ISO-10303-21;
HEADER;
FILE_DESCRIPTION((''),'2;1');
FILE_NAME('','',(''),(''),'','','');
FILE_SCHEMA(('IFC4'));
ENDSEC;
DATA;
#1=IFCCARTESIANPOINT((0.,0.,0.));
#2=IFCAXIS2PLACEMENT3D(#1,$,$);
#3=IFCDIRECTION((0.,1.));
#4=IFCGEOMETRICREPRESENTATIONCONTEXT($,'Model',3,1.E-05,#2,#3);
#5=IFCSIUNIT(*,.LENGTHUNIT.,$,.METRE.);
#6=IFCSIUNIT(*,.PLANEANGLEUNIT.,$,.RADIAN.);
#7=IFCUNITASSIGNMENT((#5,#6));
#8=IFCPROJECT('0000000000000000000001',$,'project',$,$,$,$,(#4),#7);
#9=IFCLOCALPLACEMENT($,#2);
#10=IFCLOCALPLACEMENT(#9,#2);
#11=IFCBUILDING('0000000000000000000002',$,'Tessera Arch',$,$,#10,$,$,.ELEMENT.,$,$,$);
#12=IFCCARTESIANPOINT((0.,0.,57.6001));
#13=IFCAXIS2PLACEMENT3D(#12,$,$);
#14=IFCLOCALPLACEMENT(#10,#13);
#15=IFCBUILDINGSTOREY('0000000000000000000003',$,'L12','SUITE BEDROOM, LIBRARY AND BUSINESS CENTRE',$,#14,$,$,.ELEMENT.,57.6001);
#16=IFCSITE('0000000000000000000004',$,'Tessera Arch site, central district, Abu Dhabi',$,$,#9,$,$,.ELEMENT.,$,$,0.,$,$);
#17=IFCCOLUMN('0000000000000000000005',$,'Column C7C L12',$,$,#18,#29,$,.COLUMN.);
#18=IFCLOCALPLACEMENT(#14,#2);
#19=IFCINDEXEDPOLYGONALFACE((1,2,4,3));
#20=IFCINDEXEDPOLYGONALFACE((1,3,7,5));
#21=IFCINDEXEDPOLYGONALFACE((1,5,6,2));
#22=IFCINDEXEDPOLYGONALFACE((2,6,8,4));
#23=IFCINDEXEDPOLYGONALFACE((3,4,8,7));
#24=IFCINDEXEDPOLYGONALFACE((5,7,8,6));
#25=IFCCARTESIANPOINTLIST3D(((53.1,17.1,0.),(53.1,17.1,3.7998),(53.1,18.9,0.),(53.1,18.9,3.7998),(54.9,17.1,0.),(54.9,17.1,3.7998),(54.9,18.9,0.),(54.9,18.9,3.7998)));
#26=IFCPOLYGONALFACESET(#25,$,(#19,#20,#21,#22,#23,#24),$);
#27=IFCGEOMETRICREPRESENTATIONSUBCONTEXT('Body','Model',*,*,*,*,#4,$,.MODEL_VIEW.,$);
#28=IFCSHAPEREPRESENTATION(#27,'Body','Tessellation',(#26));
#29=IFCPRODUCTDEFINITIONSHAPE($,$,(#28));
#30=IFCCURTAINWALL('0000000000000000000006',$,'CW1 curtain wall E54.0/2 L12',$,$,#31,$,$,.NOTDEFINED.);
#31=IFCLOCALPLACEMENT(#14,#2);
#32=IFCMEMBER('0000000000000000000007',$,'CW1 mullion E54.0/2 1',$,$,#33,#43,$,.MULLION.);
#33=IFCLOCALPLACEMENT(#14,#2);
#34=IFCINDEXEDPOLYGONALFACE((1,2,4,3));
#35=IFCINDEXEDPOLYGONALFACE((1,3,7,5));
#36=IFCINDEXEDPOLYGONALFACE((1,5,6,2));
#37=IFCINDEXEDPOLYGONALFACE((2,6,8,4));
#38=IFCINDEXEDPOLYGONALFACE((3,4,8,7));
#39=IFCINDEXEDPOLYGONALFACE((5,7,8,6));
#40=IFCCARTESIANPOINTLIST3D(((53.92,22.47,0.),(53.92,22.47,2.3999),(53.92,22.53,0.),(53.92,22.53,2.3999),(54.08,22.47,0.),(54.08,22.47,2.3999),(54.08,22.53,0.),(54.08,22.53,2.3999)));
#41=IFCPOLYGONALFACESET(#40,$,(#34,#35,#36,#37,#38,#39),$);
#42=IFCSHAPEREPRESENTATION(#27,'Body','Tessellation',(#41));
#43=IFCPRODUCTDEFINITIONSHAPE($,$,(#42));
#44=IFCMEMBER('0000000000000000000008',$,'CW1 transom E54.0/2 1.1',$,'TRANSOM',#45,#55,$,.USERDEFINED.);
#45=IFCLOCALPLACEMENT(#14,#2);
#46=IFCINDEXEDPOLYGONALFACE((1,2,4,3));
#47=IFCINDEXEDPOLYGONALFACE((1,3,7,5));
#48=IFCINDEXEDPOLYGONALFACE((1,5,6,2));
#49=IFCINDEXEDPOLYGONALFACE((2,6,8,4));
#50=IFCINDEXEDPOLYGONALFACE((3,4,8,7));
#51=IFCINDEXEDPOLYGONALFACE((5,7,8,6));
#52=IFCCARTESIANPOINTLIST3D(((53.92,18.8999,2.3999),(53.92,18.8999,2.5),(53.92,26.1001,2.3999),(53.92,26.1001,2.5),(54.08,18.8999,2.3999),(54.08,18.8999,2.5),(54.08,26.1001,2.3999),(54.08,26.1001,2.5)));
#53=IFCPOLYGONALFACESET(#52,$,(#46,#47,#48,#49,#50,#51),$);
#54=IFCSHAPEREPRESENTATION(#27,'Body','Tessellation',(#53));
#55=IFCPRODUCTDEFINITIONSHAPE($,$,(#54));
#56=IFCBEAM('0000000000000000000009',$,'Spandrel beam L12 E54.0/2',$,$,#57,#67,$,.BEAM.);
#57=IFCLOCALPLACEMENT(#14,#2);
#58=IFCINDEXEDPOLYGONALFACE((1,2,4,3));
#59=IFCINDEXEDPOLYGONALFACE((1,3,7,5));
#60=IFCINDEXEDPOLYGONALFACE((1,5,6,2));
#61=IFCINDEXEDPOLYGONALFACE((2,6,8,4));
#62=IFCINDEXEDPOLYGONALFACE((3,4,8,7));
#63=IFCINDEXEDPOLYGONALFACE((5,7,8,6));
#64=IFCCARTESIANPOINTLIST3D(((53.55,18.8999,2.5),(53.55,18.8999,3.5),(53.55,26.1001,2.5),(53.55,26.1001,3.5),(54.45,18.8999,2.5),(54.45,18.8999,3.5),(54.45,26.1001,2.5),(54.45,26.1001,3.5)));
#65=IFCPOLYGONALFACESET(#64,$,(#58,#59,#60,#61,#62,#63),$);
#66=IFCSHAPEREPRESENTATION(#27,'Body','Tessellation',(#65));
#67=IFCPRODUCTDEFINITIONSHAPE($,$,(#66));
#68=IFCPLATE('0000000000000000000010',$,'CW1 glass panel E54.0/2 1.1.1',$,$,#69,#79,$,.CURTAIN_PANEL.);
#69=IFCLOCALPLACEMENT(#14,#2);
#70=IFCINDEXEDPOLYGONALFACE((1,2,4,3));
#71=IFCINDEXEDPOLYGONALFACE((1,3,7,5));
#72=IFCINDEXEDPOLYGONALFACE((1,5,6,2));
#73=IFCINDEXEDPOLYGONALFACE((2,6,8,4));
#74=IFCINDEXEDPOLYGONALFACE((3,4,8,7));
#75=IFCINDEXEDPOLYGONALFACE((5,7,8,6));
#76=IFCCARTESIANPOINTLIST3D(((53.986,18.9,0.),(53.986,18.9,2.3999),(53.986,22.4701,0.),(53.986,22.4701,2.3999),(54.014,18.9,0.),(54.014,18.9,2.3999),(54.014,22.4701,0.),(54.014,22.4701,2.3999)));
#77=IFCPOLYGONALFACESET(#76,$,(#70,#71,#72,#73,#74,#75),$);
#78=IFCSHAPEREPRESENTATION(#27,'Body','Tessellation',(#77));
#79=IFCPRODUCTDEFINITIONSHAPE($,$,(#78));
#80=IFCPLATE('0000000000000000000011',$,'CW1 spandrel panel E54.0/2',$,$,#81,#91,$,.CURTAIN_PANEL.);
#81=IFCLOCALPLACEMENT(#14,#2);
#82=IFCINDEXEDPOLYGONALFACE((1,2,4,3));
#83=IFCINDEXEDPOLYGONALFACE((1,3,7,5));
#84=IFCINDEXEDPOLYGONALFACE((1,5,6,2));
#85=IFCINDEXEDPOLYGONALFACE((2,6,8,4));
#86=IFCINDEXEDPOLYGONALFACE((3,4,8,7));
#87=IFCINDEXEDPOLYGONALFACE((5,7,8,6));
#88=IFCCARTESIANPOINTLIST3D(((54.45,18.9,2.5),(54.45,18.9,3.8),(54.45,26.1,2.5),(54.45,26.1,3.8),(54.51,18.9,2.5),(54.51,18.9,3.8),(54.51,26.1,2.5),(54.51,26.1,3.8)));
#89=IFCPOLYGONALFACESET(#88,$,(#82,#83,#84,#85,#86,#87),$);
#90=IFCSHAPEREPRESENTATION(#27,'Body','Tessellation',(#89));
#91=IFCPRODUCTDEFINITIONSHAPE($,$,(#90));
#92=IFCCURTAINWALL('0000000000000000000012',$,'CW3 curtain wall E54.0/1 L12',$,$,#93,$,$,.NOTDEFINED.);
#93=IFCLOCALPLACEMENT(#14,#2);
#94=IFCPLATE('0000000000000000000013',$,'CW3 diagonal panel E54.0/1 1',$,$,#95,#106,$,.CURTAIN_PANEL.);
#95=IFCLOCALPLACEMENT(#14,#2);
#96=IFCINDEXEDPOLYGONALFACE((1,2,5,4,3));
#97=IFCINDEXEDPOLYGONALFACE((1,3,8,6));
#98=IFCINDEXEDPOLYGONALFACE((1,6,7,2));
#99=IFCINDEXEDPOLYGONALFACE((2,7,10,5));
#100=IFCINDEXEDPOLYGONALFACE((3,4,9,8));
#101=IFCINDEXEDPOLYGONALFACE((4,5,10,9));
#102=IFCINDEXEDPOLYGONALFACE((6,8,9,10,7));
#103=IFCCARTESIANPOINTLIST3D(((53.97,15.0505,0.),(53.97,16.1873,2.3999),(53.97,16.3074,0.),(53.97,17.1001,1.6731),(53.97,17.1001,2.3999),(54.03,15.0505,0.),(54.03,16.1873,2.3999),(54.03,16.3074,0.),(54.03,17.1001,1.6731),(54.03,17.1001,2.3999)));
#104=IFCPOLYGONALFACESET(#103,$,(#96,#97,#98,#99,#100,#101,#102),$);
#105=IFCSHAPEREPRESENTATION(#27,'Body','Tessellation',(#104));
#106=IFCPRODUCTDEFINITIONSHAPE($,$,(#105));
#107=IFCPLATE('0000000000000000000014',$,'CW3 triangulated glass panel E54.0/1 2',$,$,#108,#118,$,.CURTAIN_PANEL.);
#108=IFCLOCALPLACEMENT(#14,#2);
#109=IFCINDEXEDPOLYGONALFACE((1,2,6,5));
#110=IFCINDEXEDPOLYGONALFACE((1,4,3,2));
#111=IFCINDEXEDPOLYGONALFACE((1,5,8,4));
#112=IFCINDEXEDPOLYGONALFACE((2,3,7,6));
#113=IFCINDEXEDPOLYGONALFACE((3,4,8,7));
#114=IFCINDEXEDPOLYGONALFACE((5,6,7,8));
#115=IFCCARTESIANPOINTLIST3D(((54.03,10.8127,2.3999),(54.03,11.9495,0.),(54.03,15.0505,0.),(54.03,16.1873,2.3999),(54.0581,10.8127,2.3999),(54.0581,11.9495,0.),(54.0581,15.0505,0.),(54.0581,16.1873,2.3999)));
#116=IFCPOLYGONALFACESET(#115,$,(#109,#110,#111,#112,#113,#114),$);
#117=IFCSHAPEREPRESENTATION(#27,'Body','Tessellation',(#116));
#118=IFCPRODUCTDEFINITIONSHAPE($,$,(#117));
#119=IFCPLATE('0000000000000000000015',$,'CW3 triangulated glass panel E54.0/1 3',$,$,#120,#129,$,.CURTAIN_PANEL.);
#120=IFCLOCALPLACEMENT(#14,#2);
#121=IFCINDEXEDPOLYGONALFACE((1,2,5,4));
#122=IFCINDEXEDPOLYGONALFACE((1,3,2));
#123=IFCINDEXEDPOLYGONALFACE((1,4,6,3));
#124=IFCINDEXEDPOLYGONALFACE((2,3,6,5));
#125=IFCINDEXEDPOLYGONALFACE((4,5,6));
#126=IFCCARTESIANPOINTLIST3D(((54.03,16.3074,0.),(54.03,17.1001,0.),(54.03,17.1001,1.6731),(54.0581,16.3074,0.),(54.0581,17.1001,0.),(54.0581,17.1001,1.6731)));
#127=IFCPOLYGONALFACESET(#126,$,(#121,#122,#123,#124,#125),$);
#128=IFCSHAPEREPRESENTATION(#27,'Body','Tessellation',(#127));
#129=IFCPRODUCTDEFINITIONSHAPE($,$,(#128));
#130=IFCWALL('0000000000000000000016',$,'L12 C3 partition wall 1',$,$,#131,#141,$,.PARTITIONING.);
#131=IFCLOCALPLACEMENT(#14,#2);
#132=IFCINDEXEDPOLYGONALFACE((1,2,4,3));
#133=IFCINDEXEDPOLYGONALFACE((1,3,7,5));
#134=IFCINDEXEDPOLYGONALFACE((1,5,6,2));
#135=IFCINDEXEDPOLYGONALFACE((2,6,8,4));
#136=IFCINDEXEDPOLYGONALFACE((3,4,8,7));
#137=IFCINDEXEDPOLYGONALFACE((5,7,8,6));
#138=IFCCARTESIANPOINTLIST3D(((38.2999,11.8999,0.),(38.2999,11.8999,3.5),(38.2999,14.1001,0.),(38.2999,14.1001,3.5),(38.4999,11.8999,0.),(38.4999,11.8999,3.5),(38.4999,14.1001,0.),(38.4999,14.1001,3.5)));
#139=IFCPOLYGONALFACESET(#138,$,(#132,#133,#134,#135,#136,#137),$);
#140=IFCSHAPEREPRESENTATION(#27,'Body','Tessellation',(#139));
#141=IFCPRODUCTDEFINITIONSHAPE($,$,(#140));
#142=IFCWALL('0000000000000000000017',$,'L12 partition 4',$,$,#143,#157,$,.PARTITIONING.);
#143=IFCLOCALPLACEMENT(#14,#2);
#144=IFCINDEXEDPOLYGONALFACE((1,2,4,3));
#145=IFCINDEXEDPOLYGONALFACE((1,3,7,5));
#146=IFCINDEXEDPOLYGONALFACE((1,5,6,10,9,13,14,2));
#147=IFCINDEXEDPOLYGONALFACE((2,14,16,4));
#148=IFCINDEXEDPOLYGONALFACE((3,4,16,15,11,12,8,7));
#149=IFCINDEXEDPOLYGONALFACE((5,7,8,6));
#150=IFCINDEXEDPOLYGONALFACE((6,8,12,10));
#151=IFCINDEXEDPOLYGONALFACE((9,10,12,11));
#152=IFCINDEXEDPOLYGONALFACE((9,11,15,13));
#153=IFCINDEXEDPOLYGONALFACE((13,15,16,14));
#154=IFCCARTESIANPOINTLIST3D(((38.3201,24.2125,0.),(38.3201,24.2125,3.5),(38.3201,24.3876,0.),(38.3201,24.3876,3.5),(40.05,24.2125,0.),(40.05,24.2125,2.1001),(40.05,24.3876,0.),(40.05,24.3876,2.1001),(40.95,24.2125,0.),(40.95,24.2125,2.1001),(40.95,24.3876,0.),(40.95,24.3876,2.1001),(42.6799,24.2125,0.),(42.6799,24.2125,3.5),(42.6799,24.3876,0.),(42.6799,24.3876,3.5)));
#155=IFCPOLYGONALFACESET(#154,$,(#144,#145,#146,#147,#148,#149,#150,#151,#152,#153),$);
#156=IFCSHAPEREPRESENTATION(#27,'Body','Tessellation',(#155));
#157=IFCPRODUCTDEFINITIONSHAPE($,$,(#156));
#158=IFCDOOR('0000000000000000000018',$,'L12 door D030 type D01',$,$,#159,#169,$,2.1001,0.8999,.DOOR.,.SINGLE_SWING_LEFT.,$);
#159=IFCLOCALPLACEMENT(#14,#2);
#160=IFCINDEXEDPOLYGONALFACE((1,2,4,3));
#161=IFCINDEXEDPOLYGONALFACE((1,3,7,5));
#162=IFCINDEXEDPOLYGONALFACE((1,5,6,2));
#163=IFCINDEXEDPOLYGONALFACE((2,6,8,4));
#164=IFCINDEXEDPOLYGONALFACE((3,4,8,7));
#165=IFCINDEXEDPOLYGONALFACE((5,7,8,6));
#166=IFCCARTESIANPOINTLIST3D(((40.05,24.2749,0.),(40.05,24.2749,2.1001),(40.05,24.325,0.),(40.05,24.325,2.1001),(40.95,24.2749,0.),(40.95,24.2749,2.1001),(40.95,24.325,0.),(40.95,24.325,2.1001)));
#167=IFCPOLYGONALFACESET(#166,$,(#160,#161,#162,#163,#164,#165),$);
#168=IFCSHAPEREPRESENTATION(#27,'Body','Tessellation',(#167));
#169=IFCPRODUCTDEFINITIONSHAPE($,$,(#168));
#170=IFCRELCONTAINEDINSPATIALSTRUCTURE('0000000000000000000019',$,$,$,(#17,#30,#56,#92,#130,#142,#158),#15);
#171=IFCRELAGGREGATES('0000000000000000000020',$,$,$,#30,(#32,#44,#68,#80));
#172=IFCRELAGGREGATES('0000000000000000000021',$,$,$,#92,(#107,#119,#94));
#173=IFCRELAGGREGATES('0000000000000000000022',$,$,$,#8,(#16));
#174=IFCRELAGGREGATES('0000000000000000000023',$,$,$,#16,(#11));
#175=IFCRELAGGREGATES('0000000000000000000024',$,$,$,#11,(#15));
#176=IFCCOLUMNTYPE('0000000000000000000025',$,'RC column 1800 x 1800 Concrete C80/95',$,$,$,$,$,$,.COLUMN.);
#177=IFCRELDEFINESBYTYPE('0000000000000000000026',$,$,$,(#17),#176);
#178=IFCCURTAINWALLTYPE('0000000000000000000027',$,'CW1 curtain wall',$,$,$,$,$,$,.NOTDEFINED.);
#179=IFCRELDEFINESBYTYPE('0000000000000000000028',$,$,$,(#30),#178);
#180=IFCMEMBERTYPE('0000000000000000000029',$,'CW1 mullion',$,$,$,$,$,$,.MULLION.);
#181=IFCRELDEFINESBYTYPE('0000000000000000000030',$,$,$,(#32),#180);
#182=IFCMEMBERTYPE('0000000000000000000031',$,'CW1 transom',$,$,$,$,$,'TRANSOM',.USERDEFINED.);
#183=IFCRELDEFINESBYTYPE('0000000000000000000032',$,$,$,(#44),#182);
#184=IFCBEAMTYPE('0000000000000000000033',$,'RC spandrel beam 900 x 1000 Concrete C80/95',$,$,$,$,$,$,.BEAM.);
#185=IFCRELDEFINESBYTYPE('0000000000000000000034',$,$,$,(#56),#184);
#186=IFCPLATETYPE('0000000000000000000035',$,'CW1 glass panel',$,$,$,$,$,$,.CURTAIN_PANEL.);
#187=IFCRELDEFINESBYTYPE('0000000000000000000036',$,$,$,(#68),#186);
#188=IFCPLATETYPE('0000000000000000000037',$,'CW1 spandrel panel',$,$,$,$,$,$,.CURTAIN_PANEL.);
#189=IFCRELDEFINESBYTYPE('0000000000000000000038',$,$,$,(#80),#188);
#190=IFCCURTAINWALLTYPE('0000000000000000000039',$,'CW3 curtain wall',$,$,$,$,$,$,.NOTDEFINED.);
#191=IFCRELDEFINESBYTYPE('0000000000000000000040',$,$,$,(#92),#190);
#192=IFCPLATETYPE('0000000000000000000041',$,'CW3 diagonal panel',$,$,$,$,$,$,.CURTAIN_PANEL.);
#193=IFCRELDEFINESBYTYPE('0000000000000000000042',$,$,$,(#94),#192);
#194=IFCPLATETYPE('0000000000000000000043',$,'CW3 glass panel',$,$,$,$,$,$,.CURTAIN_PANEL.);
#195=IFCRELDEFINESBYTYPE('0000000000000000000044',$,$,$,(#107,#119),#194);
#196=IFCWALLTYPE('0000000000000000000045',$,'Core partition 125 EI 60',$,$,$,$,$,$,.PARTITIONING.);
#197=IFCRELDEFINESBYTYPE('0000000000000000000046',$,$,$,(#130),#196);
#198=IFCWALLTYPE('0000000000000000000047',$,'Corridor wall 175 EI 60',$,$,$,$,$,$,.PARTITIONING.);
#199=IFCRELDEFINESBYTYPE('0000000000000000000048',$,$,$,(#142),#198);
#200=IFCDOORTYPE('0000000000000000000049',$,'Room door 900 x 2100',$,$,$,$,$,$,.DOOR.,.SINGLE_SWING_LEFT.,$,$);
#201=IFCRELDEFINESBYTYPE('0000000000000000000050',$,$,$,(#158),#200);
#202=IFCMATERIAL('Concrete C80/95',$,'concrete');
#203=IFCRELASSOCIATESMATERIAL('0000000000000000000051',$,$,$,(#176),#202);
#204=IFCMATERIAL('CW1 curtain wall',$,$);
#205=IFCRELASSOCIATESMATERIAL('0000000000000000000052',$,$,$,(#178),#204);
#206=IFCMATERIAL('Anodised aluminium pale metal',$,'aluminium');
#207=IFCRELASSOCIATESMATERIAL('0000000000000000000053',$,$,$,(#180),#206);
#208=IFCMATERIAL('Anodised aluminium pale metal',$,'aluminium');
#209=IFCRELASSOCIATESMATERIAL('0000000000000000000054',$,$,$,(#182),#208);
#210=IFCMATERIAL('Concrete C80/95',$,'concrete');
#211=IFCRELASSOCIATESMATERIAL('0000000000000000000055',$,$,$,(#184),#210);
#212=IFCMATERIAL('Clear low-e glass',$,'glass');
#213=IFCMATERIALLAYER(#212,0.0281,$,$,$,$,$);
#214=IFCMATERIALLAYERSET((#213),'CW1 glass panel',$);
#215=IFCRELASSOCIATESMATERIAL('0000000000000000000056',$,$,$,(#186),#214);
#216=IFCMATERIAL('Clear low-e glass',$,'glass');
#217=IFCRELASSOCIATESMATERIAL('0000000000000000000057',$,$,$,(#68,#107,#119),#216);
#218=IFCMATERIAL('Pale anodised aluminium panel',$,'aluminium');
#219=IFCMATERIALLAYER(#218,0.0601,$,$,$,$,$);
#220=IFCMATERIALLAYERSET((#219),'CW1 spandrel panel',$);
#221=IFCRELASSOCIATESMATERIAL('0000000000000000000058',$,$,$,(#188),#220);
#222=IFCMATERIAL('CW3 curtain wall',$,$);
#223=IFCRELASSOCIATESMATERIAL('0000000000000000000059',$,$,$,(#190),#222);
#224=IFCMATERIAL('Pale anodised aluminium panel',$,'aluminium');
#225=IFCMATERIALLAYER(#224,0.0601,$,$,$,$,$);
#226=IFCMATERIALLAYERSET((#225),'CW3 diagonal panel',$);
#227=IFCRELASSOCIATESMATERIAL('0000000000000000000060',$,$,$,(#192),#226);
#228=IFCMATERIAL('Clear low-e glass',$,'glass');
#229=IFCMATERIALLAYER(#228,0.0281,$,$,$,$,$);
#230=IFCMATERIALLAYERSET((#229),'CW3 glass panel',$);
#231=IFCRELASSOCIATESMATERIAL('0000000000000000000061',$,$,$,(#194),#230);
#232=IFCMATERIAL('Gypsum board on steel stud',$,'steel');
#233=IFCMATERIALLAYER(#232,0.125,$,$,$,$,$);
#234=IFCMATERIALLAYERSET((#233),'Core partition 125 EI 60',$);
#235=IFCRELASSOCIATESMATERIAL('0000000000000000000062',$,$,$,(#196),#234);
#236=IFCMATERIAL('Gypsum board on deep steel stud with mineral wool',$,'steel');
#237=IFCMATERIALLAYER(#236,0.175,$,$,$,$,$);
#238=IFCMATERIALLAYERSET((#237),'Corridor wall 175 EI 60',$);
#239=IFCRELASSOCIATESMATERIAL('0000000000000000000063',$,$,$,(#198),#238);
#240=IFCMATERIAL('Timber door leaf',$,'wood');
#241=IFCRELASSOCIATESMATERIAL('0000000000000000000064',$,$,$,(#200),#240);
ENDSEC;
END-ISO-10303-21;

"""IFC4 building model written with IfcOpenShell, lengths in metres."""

from ifc_helpers import new_model, si_unit, direction, frame, frame_2d, origin, origin_2d, place, context, subcontext, project, spatial, polyline, rectangle, outline, extrude, material, layer, layer_set, material_profile, profile_set, type_object, element, fill, aggregate, save


model = new_model("IFC4")

# Units and contexts
model_context = context("Model", 3, precision=1e-05, world=origin(), true_north=direction((0.0, 1.0)))
body_context = subcontext(model_context, "Body", "Model", "MODEL_VIEW")
ifc_project = project(units=[si_unit("LENGTHUNIT", "METRE"), si_unit("PLANEANGLEUNIT", "RADIAN")], contexts=[model_context])

# Site, building, storey
site_placement = place(None, origin())
site = spatial("IfcSite", under=ifc_project, at=site_placement, Name="Tessera Arch site, central district, Abu Dhabi", CompositionType="ELEMENT", RefElevation=0.0)
building_placement = place(site_placement, origin())
building = spatial("IfcBuilding", under=site, at=building_placement, Name="Tessera Arch", CompositionType="ELEMENT")
storey_placement = place(building_placement, frame((0.0, 0.0, 57.6001)))
storey = spatial("IfcBuildingStorey", under=building, at=storey_placement, Name="L12", Description="SUITE BEDROOM, LIBRARY AND BUSINESS CENTRE", CompositionType="ELEMENT", Elevation=57.6001)

# Column
ifc_material_1 = material(Name="Concrete C80/95", Category="concrete")
ifc_material_profile_1 = material_profile(ifc_material_1, rectangle(XDim=1.8, YDim=1.8, at=origin_2d()), Name="RC column 1800 x 1800 Concrete C80/95")
ifc_profile_set_1 = profile_set([ifc_material_profile_1], Name="Concrete C80/95")
column_type = type_object("IfcColumnType", Name="RC column 1800 x 1800 Concrete C80/95", PredefinedType="COLUMN", material=ifc_profile_set_1)
column_placement = place(storey_placement, frame((54.0, 18.0, 0.0), z_axis=(0.0, 0.0, 1.0), x_axis=(1.0, 0.0, 0.0)))
element("IfcColumn", 1, at=column_placement, inside=storey, type_object=column_type, Name="Column C7C L12", PredefinedType="COLUMN", context=body_context, shape_type="SweptSolid", body=[
    extrude(rectangle(XDim=1.8, YDim=1.8, at=origin_2d()), origin(), (0.0, 0.0, 1.0), 3.7998),
])

# Curtain wall, members
ifc_material_2 = material(Name="CW1 curtain wall")
curtain_wall_type_1 = type_object("IfcCurtainWallType", Name="CW1 curtain wall", PredefinedType="NOTDEFINED", material=ifc_material_2)
curtain_wall_1_placement = place(storey_placement, origin())
curtain_wall_1 = element("IfcCurtainWall", 2, at=curtain_wall_1_placement, inside=storey, type_object=curtain_wall_type_1, Name="CW1 curtain wall E54.0/2 L12", PredefinedType="NOTDEFINED")
ifc_material_3 = material(Name="Anodised aluminium pale metal", Category="aluminium")
ifc_material_profile_2 = material_profile(ifc_material_3, rectangle(XDim=0.1599, YDim=0.0601, at=origin_2d()), Name="AL 60x160")
ifc_profile_set_2 = profile_set([ifc_material_profile_2], Name="Anodised aluminium pale metal")
member_type_1 = type_object("IfcMemberType", Name="CW1 mullion", PredefinedType="MULLION", material=ifc_profile_set_2)
member_1_placement = place(storey_placement, frame((54.0, 22.5, 0.0), z_axis=(0.0, 0.0, 1.0), x_axis=(-1.0, 0.0, 0.0)))
member_1 = element("IfcMember", 3, at=member_1_placement, type_object=member_type_1, Name="CW1 mullion E54.0/2 1", PredefinedType="MULLION", context=body_context, shape_type="SweptSolid", body=[
    extrude(rectangle(XDim=0.1599, YDim=0.0601, at=origin_2d()), origin(), (0.0, 0.0, 1.0), 2.3999),
])
ifc_material_4 = material(Name="Anodised aluminium pale metal", Category="aluminium")
ifc_material_profile_3 = material_profile(ifc_material_4, rectangle(XDim=0.1599, YDim=0.1001, at=origin_2d()), Name="AL 160x100")
ifc_profile_set_3 = profile_set([ifc_material_profile_3], Name="Anodised aluminium pale metal")
member_type_2 = type_object("IfcMemberType", Name="CW1 transom", ElementType="TRANSOM", PredefinedType="USERDEFINED", material=ifc_profile_set_3)
member_2_placement = place(storey_placement, frame((54.0, 18.8999, 2.45), z_axis=(0.0, 1.0, 0.0), x_axis=(-1.0, 0.0, 0.0)))
member_2 = element("IfcMember", 4, at=member_2_placement, type_object=member_type_2, Name="CW1 transom E54.0/2 1.1", ObjectType="TRANSOM", PredefinedType="USERDEFINED", context=body_context, shape_type="SweptSolid", body=[
    extrude(rectangle(XDim=0.1599, YDim=0.1001, at=origin_2d()), origin(), (0.0, 0.0, 1.0), 7.2002),
])

# Beam
ifc_material_5 = material(Name="Concrete C80/95", Category="concrete")
ifc_material_profile_4 = material_profile(ifc_material_5, rectangle(XDim=0.8999, YDim=1.0, at=origin_2d()), Name="RC spandrel beam 900 x 1000 Concrete C80/95")
ifc_profile_set_4 = profile_set([ifc_material_profile_4], Name="Concrete C80/95")
beam_type = type_object("IfcBeamType", Name="RC spandrel beam 900 x 1000 Concrete C80/95", PredefinedType="BEAM", material=ifc_profile_set_4)
beam_placement = place(storey_placement, frame((54.0, 18.8999, 3.0), z_axis=(0.0, 1.0, 0.0), x_axis=(-1.0, 0.0, 0.0)))
element("IfcBeam", 5, at=beam_placement, inside=storey, type_object=beam_type, Name="Spandrel beam L12 E54.0/2", PredefinedType="BEAM", context=body_context, shape_type="SweptSolid", body=[
    extrude(rectangle(XDim=0.8999, YDim=1.0, at=origin_2d()), origin(), (0.0, 0.0, 1.0), 7.2002),
])

# Plates
ifc_material_6 = material(Name="Clear low-e glass", Category="glass")
ifc_material_7 = material(Name="Clear low-e glass", Category="glass")
ifc_layer_1 = layer(ifc_material_7, 0.0281)
ifc_layer_set_1 = layer_set([ifc_layer_1], Name="CW1 glass panel")
plate_type_1 = type_object("IfcPlateType", Name="CW1 glass panel", PredefinedType="CURTAIN_PANEL", material=ifc_layer_set_1)
plate_1_placement = place(storey_placement, frame((54.0, 20.6851, 0.0), z_axis=(0.0, 0.0, 1.0), x_axis=(0.0, 1.0, 0.0)))
plate_1 = element("IfcPlate", 6, at=plate_1_placement, type_object=plate_type_1, material=ifc_material_6, Name="CW1 glass panel E54.0/2 1.1.1", PredefinedType="CURTAIN_PANEL", context=body_context, shape_type="SweptSolid", body=[
    extrude(rectangle(XDim=3.5701, YDim=0.0281, at=origin_2d()), origin(), (0.0, 0.0, 1.0), 2.3999),
])
ifc_material_8 = material(Name="Pale anodised aluminium panel", Category="aluminium")
ifc_layer_2 = layer(ifc_material_8, 0.0601)
ifc_layer_set_2 = layer_set([ifc_layer_2], Name="CW1 spandrel panel")
plate_type_2 = type_object("IfcPlateType", Name="CW1 spandrel panel", PredefinedType="CURTAIN_PANEL", material=ifc_layer_set_2)
plate_2_placement = place(storey_placement, frame((54.48, 22.5, 2.5), z_axis=(0.0, 0.0, 1.0), x_axis=(0.0, 1.0, 0.0)))
plate_2 = element("IfcPlate", 7, at=plate_2_placement, type_object=plate_type_2, Name="CW1 spandrel panel E54.0/2", PredefinedType="CURTAIN_PANEL", context=body_context, shape_type="SweptSolid", body=[
    extrude(rectangle(XDim=7.2, YDim=0.0601, at=origin_2d()), origin(), (0.0, 0.0, 1.0), 1.3),
])
aggregate(curtain_wall_1, [member_1, member_2, plate_1, plate_2])

# Curtain wall, plates
ifc_material_9 = material(Name="CW3 curtain wall")
curtain_wall_type_2 = type_object("IfcCurtainWallType", Name="CW3 curtain wall", PredefinedType="NOTDEFINED", material=ifc_material_9)
curtain_wall_2_placement = place(storey_placement, origin())
curtain_wall_2 = element("IfcCurtainWall", 8, at=curtain_wall_2_placement, inside=storey, type_object=curtain_wall_type_2, Name="CW3 curtain wall E54.0/1 L12", PredefinedType="NOTDEFINED")
ifc_material_10 = material(Name="Pale anodised aluminium panel", Category="aluminium")
ifc_layer_3 = layer(ifc_material_10, 0.0601)
ifc_layer_set_3 = layer_set([ifc_layer_3], Name="CW3 diagonal panel")
plate_type_3 = type_object("IfcPlateType", Name="CW3 diagonal panel", PredefinedType="CURTAIN_PANEL", material=ifc_layer_set_3)
plate_3_placement = place(storey_placement, frame((54.03, 17.1001, 2.3999), z_axis=(1.0, 0.0, 0.0), x_axis=(0.0, -1.0, 0.0)))
plate_3 = element("IfcPlate", 9, at=plate_3_placement, type_object=plate_type_3, Name="CW3 diagonal panel E54.0/1 1", PredefinedType="CURTAIN_PANEL", context=body_context, shape_type="SweptSolid", body=[
    extrude(outline(polyline([(0.0, 0.0), (0.9128, 0.0), (2.0496, 2.3999), (0.7927, 2.3999), (0.0, 0.7268), (0.0, 0.0)])), origin(), (0.0, 0.0, -1.0), 0.0601),
])
ifc_material_11 = material(Name="Clear low-e glass", Category="glass")
ifc_layer_4 = layer(ifc_material_11, 0.0281)
ifc_layer_set_4 = layer_set([ifc_layer_4], Name="CW3 glass panel")
plate_type_4 = type_object("IfcPlateType", Name="CW3 glass panel", PredefinedType="CURTAIN_PANEL", material=ifc_layer_set_4)
plate_4_placement = place(storey_placement, frame((54.0581, 16.1873, 2.3999), z_axis=(1.0, 0.0, 0.0), x_axis=(0.0, -1.0, 0.0)))
plate_4 = element("IfcPlate", 10, at=plate_4_placement, type_object=plate_type_4, material=ifc_material_6, Name="CW3 triangulated glass panel E54.0/1 2", PredefinedType="CURTAIN_PANEL", context=body_context, shape_type="SweptSolid", body=[
    extrude(outline(polyline([(0.0, 0.0), (5.3745, 0.0), (4.2378, 2.3999), (1.1367, 2.3999), (0.0, 0.0)])), origin(), (0.0, 0.0, -1.0), 0.0281),
])
plate_5_placement = place(storey_placement, frame((54.0581, 17.1001, 0.0), z_axis=(1.0, 0.0, 0.0), x_axis=(0.0, 0.0, 1.0)))
plate_5 = element("IfcPlate", 11, at=plate_5_placement, type_object=plate_type_4, material=ifc_material_6, Name="CW3 triangulated glass panel E54.0/1 3", PredefinedType="CURTAIN_PANEL", context=body_context, shape_type="SweptSolid", body=[
    extrude(outline(polyline([(0.0, 0.0), (1.6731, 0.0), (0.0, 0.7927), (0.0, 0.0)])), origin(), (0.0, 0.0, -1.0), 0.0281),
])
aggregate(curtain_wall_2, [plate_4, plate_5, plate_3])

# Wall
ifc_material_12 = material(Name="Gypsum board on steel stud", Category="steel")
ifc_layer_5 = layer(ifc_material_12, 0.125)
ifc_layer_set_5 = layer_set([ifc_layer_5], Name="Core partition 125 EI 60")
wall_type_1 = type_object("IfcWallType", Name="Core partition 125 EI 60", PredefinedType="PARTITIONING", material=ifc_layer_set_5)
wall_1_placement = place(storey_placement, frame((38.3999, 11.8999, 0.0), z_axis=(0.0, 0.0, 1.0), x_axis=(0.0, 1.0, 0.0)))
element("IfcWall", 12, at=wall_1_placement, inside=storey, type_object=wall_type_1, Name="L12 C3 partition wall 1", PredefinedType="PARTITIONING", context=body_context, shape_type="SweptSolid", body=[
    extrude(rectangle(XDim=2.2002, YDim=0.2, at=frame_2d((1.1001, 0.0))), origin(), (0.0, 0.0, 1.0), 3.5),
])

# Wall, opening, door
ifc_material_13 = material(Name="Gypsum board on deep steel stud with mineral wool", Category="steel")
ifc_layer_6 = layer(ifc_material_13, 0.175)
ifc_layer_set_6 = layer_set([ifc_layer_6], Name="Corridor wall 175 EI 60")
wall_type_2 = type_object("IfcWallType", Name="Corridor wall 175 EI 60", PredefinedType="PARTITIONING", material=ifc_layer_set_6)
wall_2_placement = place(storey_placement, frame((38.3201, 24.3, 0.0), z_axis=(0.0, 0.0, 1.0), x_axis=(1.0, 0.0, 0.0)))
wall_2 = element("IfcWall", 13, at=wall_2_placement, inside=storey, type_object=wall_type_2, Name="L12 partition 4", PredefinedType="PARTITIONING", context=body_context, shape_type="SweptSolid", body=[
    extrude(rectangle(XDim=4.3599, YDim=0.175, at=frame_2d((2.1799, 0.0))), origin(), (0.0, 0.0, 1.0), 3.5),
])
opening_1_placement = place(wall_2_placement, frame((1.73, 0.0, 0.0)))
opening_1 = element("IfcOpeningElement", 14, at=opening_1_placement, cuts=wall_2, PredefinedType="OPENING", context=body_context, shape_type="SweptSolid", body=[
    extrude(rectangle(XDim=0.8999, YDim=2.1001, at=frame_2d((0.45, 1.05))), frame((0.0, 0.0974, 0.0), z_axis=(0.0, -1.0, 0.0), x_axis=(1.0, 0.0, 0.0)), (0.0, 0.0, 1.0), 0.1951),
])
ifc_material_14 = material(Name="Timber door leaf", Category="wood")
door_type_1 = type_object("IfcDoorType", Name="Room door 900 x 2100", OperationType="SINGLE_SWING_LEFT", PredefinedType="DOOR", material=ifc_material_14)
door_1_placement = place(opening_1_placement, origin())
door_1 = element("IfcDoor", 15, at=door_1_placement, inside=storey, type_object=door_type_1, Name="L12 door D030 type D01", OperationType="SINGLE_SWING_LEFT", OverallHeight=2.1001, OverallWidth=0.8999, PredefinedType="DOOR", context=body_context, shape_type="SweptSolid", body=[
    extrude(rectangle(XDim=0.8999, YDim=2.1001, at=frame_2d((0.45, 1.05))), frame((0.0, 0.0249, 0.0), z_axis=(0.0, -1.0, 0.0), x_axis=(1.0, 0.0, 0.0)), (0.0, 0.0, 1.0), 0.05),
])
fill(opening_1, door_1)

save(model, "model.ifc")
